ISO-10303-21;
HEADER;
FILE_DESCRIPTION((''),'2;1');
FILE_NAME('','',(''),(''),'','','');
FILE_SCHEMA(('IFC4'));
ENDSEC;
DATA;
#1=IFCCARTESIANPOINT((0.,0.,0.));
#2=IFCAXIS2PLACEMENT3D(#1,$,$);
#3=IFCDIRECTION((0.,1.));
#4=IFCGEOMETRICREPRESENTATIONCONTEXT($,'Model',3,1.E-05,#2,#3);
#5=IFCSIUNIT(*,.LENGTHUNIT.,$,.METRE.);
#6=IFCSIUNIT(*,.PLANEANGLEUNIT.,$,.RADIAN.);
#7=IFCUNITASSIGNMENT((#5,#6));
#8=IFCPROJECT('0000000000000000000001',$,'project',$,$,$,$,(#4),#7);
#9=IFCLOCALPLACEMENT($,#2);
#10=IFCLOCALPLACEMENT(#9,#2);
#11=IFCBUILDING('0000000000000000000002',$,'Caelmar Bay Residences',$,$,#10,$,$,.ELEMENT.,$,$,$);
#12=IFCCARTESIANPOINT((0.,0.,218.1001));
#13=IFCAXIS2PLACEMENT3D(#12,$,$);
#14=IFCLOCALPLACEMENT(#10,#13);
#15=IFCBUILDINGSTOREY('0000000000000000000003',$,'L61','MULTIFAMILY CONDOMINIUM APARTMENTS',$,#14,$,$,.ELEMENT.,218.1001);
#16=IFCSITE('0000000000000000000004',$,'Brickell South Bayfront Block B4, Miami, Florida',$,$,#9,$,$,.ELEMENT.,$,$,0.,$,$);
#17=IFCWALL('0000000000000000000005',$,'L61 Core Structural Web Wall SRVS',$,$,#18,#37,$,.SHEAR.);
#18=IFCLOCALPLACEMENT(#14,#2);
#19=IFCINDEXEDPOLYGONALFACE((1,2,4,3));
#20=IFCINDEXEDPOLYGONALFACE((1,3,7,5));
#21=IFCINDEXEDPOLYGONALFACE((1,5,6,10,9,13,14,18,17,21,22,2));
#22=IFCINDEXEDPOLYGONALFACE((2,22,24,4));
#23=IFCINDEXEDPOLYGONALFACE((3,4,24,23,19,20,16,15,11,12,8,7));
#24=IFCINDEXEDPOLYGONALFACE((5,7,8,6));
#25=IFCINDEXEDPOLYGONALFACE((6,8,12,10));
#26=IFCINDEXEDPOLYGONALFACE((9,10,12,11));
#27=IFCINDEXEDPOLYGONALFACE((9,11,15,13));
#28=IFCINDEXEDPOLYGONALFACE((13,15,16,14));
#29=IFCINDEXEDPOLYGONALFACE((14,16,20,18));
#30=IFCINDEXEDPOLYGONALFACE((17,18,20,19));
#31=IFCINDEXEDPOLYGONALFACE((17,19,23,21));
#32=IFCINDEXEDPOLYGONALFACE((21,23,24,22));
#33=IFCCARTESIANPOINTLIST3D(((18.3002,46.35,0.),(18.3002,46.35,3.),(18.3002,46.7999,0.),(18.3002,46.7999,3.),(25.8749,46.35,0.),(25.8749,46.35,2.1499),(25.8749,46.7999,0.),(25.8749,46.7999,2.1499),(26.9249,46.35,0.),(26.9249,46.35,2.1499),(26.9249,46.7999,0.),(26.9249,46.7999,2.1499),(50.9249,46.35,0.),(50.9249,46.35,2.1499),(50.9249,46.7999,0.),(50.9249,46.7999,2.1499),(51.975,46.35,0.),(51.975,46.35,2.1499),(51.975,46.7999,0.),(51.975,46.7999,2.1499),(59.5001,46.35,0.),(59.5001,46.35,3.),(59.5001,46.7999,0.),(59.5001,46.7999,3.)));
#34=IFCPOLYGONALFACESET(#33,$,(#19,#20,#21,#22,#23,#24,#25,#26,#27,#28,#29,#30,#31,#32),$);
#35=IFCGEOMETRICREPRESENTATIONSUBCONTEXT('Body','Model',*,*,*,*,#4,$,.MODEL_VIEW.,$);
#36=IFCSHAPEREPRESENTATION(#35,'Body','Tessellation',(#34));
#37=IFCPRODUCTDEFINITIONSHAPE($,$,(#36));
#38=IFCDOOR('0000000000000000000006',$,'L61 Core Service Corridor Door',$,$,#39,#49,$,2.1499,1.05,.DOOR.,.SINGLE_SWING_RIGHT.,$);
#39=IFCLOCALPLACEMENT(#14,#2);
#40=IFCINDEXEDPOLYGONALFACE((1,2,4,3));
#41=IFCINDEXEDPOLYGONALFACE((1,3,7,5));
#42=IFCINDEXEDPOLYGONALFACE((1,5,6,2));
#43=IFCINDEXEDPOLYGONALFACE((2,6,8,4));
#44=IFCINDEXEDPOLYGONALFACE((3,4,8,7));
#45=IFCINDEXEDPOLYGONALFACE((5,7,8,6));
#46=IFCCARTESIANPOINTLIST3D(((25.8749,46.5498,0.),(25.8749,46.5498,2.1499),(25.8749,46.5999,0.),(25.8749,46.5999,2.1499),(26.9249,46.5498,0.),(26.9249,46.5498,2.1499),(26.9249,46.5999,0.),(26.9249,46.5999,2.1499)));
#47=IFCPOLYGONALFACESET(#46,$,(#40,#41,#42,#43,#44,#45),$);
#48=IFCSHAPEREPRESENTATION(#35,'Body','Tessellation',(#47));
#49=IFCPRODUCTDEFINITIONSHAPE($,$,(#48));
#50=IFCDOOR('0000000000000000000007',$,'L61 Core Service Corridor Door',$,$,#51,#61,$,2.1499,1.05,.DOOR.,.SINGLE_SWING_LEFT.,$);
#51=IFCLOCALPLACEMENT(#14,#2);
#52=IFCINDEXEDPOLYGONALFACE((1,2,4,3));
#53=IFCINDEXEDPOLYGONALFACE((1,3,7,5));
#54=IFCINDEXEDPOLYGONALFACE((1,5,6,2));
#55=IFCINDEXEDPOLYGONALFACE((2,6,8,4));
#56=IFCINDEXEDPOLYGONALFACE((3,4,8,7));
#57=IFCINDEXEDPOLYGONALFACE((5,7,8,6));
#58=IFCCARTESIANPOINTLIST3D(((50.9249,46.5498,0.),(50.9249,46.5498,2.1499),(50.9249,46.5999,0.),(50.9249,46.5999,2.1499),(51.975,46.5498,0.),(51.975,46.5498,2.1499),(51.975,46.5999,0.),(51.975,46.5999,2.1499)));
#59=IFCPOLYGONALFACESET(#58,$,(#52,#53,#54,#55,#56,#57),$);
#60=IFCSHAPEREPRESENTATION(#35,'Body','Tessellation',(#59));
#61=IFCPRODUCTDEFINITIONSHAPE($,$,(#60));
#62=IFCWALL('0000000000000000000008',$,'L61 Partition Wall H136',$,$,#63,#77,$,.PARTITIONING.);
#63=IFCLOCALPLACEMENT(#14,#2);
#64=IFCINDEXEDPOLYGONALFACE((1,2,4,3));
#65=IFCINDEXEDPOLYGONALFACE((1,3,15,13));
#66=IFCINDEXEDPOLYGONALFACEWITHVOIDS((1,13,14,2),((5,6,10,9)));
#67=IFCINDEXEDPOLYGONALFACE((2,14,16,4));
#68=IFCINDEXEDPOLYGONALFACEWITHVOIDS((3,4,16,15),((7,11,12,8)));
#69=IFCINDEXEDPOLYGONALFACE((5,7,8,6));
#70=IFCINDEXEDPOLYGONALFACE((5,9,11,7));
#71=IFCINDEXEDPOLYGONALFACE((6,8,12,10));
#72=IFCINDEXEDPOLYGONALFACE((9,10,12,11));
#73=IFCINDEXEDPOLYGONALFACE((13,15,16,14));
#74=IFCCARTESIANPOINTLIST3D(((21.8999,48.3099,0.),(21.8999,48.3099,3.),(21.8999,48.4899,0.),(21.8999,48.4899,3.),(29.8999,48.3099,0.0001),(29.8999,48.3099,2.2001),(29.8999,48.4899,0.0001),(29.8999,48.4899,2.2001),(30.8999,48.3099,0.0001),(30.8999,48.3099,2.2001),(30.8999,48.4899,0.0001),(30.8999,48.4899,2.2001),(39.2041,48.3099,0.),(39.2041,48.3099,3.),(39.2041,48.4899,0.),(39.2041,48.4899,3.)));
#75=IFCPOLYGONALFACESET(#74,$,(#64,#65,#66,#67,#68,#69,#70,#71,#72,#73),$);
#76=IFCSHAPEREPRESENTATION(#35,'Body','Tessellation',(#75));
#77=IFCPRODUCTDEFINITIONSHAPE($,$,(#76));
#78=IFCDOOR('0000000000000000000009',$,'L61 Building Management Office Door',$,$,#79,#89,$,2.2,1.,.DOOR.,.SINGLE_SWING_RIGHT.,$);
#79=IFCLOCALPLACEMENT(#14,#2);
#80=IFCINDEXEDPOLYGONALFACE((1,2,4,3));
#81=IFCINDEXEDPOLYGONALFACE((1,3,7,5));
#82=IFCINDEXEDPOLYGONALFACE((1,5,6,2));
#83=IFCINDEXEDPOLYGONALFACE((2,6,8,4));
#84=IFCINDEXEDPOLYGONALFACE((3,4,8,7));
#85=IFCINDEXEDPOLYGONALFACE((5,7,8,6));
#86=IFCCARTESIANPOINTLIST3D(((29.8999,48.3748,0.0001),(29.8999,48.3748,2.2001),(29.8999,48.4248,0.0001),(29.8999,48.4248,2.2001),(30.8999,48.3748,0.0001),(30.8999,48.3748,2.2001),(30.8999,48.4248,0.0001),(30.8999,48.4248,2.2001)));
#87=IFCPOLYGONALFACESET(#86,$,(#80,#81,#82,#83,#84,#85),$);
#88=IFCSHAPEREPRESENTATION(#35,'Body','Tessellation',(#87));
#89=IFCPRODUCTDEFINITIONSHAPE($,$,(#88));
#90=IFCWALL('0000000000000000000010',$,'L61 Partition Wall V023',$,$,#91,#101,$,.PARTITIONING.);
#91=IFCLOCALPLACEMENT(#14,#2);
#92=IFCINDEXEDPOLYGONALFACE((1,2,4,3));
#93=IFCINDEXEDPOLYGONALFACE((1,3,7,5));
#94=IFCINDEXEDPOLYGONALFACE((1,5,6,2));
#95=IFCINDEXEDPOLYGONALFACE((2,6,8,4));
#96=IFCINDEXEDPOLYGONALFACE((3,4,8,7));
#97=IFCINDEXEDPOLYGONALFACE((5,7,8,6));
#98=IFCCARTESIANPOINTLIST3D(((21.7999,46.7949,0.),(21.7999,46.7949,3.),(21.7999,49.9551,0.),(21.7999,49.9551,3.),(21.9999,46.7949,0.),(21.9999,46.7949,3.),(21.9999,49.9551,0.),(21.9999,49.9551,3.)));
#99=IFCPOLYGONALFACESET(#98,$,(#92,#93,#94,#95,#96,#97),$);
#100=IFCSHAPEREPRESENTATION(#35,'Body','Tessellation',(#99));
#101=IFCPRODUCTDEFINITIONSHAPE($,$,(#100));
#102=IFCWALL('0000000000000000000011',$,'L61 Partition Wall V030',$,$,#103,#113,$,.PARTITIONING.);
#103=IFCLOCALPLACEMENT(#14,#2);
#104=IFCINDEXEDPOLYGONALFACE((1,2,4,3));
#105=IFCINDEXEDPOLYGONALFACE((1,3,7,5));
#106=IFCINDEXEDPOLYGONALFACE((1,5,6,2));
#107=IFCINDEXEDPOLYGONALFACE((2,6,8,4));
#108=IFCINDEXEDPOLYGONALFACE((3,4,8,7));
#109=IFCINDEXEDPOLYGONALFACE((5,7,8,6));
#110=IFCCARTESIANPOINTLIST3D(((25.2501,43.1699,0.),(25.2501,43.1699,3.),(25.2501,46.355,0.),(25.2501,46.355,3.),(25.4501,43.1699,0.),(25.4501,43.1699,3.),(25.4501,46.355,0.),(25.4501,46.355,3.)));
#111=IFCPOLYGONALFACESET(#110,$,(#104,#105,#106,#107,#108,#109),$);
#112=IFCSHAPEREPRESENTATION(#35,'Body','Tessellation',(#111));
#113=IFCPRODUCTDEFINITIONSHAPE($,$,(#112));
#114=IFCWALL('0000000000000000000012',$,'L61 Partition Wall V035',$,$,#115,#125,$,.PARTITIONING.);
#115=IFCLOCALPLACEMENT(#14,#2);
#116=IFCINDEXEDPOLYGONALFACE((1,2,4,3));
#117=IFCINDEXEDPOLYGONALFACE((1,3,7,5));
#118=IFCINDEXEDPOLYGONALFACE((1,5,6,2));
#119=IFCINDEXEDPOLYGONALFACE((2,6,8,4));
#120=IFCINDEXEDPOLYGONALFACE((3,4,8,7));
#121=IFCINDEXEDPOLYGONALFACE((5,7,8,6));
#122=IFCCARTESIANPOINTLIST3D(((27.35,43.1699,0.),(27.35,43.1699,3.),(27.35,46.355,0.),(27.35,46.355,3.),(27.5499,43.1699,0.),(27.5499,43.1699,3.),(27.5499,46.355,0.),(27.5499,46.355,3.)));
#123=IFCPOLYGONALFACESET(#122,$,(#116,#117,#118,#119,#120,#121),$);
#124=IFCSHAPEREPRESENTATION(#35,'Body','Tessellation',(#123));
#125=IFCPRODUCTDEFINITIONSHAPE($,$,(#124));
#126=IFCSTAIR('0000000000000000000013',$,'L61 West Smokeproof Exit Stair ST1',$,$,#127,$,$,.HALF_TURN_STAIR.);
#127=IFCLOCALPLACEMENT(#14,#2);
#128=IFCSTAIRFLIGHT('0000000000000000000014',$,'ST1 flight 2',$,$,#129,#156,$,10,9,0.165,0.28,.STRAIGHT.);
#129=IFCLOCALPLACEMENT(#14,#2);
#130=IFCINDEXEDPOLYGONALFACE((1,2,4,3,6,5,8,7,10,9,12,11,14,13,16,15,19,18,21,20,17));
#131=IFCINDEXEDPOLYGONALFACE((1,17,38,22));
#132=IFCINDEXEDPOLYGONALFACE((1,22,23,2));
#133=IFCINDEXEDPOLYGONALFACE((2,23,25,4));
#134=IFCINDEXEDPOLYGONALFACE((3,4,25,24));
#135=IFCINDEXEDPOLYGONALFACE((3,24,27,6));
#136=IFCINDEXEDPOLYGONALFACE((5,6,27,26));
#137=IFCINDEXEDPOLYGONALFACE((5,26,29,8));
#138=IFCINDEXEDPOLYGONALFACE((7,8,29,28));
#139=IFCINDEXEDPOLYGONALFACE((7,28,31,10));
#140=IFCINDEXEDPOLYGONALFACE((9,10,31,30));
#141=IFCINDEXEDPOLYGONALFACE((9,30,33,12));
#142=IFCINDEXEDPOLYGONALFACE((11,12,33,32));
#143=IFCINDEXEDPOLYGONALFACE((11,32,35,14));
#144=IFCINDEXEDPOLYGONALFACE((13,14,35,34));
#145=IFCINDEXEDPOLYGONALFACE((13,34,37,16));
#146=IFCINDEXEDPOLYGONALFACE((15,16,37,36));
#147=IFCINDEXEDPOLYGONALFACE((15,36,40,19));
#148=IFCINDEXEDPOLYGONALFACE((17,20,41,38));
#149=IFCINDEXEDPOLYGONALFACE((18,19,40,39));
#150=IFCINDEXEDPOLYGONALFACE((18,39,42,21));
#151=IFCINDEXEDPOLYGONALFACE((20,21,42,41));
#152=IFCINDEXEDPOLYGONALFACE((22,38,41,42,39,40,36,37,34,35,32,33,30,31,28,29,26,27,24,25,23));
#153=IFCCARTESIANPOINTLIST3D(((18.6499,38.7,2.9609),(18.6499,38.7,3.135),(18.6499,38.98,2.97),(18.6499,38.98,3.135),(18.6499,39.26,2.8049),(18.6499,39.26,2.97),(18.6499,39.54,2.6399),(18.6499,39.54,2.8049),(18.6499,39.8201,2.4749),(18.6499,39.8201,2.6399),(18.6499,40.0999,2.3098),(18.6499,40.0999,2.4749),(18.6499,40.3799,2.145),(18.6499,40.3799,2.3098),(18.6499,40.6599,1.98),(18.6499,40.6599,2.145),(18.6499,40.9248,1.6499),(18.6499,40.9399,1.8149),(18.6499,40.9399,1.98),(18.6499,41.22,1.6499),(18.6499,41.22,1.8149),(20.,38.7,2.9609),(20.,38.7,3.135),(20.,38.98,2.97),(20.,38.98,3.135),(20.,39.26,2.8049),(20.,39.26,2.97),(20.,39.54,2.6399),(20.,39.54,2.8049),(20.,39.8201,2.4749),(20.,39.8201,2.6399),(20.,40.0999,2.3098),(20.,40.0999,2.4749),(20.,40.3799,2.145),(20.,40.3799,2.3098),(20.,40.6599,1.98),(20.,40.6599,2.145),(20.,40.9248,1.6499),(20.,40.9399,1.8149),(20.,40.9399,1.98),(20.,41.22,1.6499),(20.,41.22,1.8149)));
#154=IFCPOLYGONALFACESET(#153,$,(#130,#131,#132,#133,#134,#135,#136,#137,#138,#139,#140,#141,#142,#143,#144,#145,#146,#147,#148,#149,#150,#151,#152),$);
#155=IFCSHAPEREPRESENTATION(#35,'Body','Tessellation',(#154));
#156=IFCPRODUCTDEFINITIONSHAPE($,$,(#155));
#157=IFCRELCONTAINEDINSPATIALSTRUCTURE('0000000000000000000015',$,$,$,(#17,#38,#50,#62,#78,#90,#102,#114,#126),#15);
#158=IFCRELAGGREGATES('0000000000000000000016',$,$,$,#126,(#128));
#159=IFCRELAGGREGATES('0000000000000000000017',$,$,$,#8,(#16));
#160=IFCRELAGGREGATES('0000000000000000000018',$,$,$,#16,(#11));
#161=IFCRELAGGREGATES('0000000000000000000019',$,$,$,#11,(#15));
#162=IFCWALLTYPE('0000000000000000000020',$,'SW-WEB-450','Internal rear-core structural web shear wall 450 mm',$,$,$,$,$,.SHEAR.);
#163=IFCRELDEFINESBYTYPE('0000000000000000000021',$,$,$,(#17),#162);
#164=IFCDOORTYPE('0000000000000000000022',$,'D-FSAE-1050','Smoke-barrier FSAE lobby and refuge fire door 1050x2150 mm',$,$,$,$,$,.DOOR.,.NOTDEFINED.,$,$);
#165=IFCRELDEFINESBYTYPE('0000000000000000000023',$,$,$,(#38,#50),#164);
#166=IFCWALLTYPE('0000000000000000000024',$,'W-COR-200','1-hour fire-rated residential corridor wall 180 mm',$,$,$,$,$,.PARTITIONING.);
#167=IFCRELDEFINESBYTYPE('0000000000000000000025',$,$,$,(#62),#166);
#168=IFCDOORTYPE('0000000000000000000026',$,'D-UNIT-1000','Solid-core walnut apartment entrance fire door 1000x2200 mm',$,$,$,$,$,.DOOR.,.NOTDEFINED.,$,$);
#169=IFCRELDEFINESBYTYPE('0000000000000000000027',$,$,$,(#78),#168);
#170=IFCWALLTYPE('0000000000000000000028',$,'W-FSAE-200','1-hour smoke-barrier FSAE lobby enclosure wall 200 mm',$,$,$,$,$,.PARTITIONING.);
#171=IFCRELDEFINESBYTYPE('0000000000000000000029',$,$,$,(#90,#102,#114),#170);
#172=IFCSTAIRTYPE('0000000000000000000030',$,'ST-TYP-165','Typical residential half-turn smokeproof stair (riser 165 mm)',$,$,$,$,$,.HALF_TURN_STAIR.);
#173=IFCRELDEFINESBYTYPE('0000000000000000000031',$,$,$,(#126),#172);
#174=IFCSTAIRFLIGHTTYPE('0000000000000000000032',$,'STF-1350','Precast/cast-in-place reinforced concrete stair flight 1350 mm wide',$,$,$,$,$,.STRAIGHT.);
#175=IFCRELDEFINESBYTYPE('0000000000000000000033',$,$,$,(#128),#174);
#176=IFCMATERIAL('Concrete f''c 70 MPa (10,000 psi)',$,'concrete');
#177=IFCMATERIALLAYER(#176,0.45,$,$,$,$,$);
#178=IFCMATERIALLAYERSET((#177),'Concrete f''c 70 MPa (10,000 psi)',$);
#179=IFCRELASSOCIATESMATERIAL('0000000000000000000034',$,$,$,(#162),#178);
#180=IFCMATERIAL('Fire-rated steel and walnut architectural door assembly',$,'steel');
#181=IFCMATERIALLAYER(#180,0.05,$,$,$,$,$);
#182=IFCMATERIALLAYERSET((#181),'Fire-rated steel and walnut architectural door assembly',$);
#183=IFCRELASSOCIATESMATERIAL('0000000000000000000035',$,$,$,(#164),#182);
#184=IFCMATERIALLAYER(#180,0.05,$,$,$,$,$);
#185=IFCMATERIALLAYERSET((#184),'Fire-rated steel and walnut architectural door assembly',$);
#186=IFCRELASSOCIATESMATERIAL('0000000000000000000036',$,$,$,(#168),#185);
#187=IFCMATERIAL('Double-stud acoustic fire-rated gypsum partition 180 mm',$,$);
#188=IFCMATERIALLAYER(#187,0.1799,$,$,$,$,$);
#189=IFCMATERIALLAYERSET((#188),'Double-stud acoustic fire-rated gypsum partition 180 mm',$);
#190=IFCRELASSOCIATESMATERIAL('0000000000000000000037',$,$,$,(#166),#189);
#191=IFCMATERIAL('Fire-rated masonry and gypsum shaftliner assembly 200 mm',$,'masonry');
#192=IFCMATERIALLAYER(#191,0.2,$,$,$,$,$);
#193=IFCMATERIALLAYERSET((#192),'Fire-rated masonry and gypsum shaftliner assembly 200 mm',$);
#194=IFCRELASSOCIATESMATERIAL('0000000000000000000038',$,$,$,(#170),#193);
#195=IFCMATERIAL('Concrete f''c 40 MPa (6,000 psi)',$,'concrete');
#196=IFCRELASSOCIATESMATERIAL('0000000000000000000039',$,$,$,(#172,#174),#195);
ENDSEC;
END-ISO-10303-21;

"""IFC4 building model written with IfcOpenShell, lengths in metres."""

from ifc_helpers import new_model, si_unit, direction, frame, frame_2d, origin, place, context, subcontext, project, spatial, polyline, rectangle, outline, extrude, material, layer, layer_set, type_object, element, fill, aggregate, save


model = new_model("IFC4")

# Units and contexts
model_context = context("Model", 3, precision=1e-05, world=origin(), true_north=direction((0.0, 1.0)))
body_context = subcontext(model_context, "Body", "Model", "MODEL_VIEW")
ifc_project = project(units=[si_unit("LENGTHUNIT", "METRE"), si_unit("PLANEANGLEUNIT", "RADIAN")], contexts=[model_context])

# Site, building, storey
site_placement = place(None, origin())
site = spatial("IfcSite", under=ifc_project, at=site_placement, Name="Brickell South Bayfront Block B4, Miami, Florida", CompositionType="ELEMENT", RefElevation=0.0)
building_placement = place(site_placement, origin())
building = spatial("IfcBuilding", under=site, at=building_placement, Name="Caelmar Bay Residences", CompositionType="ELEMENT")
storey_placement = place(building_placement, frame((0.0, 0.0, 218.1001)))
storey = spatial("IfcBuildingStorey", under=building, at=storey_placement, Name="L61", Description="MULTIFAMILY CONDOMINIUM APARTMENTS", CompositionType="ELEMENT", Elevation=218.1001)

# Wall, openings, doors
ifc_material_1 = material(Name="Concrete f'c 70 MPa (10,000 psi)", Category="concrete")
ifc_layer_1 = layer(ifc_material_1, 0.45)
ifc_layer_set_1 = layer_set([ifc_layer_1], Name="Concrete f'c 70 MPa (10,000 psi)")
wall_type_1 = type_object("IfcWallType", Name="SW-WEB-450", Description="Internal rear-core structural web shear wall 450 mm", PredefinedType="SHEAR", material=ifc_layer_set_1)
ifc_material_2 = material(Name="Fire-rated steel and walnut architectural door assembly", Category="steel")
ifc_layer_2 = layer(ifc_material_2, 0.05)
ifc_layer_set_2 = layer_set([ifc_layer_2], Name="Fire-rated steel and walnut architectural door assembly")
door_type_1 = type_object("IfcDoorType", Name="D-FSAE-1050", Description="Smoke-barrier FSAE lobby and refuge fire door 1050x2150 mm", OperationType="NOTDEFINED", PredefinedType="DOOR", material=ifc_layer_set_2)
ifc_layer_3 = layer(ifc_material_2, 0.05)
ifc_layer_set_3 = layer_set([ifc_layer_3], Name="Fire-rated steel and walnut architectural door assembly")
door_type_2 = type_object("IfcDoorType", Name="D-UNIT-1000", Description="Solid-core walnut apartment entrance fire door 1000x2200 mm", OperationType="NOTDEFINED", PredefinedType="DOOR", material=ifc_layer_set_3)
wall_1_placement = place(storey_placement, frame((18.3, 46.575, 0.0), z_axis=(0.0, 0.0, 1.0), x_axis=(1.0, 0.0, 0.0)))
wall_1 = element("IfcWall", 1, at=wall_1_placement, inside=storey, type_object=wall_type_1, Name="L61 Core Structural Web Wall SRVS", PredefinedType="SHEAR", context=body_context, shape_type="SweptSolid", body=[
    extrude(rectangle(XDim=41.2, YDim=0.45, at=frame_2d((20.6001, 0.0))), origin(), (0.0, 0.0, 1.0), 3.0),
])
opening_1_placement = place(wall_1_placement, frame((7.575, 0.0, 0.0)))
opening_1 = element("IfcOpeningElement", 2, at=opening_1_placement, cuts=wall_1, PredefinedType="OPENING", context=body_context, shape_type="SweptSolid", body=[
    extrude(rectangle(XDim=1.05, YDim=2.1499, at=frame_2d((0.5249, 1.075))), frame((0.0, 0.2349, 0.0), z_axis=(0.0, -1.0, 0.0), x_axis=(1.0, 0.0, 0.0)), (0.0, 0.0, 1.0), 0.47),
])
opening_2_placement = place(wall_1_placement, frame((32.625, 0.0, 0.0)))
opening_2 = element("IfcOpeningElement", 3, at=opening_2_placement, cuts=wall_1, PredefinedType="OPENING", context=body_context, shape_type="SweptSolid", body=[
    extrude(rectangle(XDim=1.05, YDim=2.1499, at=frame_2d((0.5249, 1.075))), frame((0.0, 0.2349, 0.0), z_axis=(0.0, -1.0, 0.0), x_axis=(1.0, 0.0, 0.0)), (0.0, 0.0, 1.0), 0.47),
])
door_1_placement = place(opening_1_placement, origin())
door_1 = element("IfcDoor", 4, at=door_1_placement, inside=storey, type_object=door_type_1, Name="L61 Core Service Corridor Door", OperationType="SINGLE_SWING_RIGHT", OverallHeight=2.1499, OverallWidth=1.05, PredefinedType="DOOR", context=body_context, shape_type="SweptSolid", body=[
    extrude(rectangle(XDim=1.05, YDim=2.1499, at=frame_2d((0.5249, 1.075))), frame((0.0, 0.0249, 0.0), z_axis=(0.0, -1.0, 0.0), x_axis=(1.0, 0.0, 0.0)), (0.0, 0.0, 1.0), 0.05),
])
fill(opening_1, door_1)
door_2_placement = place(opening_2_placement, origin())
door_2 = element("IfcDoor", 5, at=door_2_placement, inside=storey, type_object=door_type_1, Name="L61 Core Service Corridor Door", OperationType="SINGLE_SWING_LEFT", OverallHeight=2.1499, OverallWidth=1.05, PredefinedType="DOOR", context=body_context, shape_type="SweptSolid", body=[
    extrude(rectangle(XDim=1.05, YDim=2.1499, at=frame_2d((0.5249, 1.075))), frame((0.0, 0.0249, 0.0), z_axis=(0.0, -1.0, 0.0), x_axis=(1.0, 0.0, 0.0)), (0.0, 0.0, 1.0), 0.05),
])
fill(opening_2, door_2)

# Wall, opening, door
ifc_material_3 = material(Name="Double-stud acoustic fire-rated gypsum partition 180 mm")
ifc_layer_4 = layer(ifc_material_3, 0.1799)
ifc_layer_set_4 = layer_set([ifc_layer_4], Name="Double-stud acoustic fire-rated gypsum partition 180 mm")
wall_type_2 = type_object("IfcWallType", Name="W-COR-200", Description="1-hour fire-rated residential corridor wall 180 mm", PredefinedType="PARTITIONING", material=ifc_layer_set_4)
wall_2_placement = place(storey_placement, frame((21.8999, 48.3999, 0.0), z_axis=(0.0, 0.0, 1.0), x_axis=(1.0, 0.0, 0.0)))
wall_2 = element("IfcWall", 6, at=wall_2_placement, inside=storey, type_object=wall_type_2, Name="L61 Partition Wall H136", PredefinedType="PARTITIONING", context=body_context, shape_type="SweptSolid", body=[
    extrude(rectangle(XDim=17.3042, YDim=0.1799, at=frame_2d((8.6521, 0.0))), origin(), (0.0, 0.0, 1.0), 3.0),
])
opening_3_placement = place(wall_2_placement, frame((8.0, 0.0, 0.0)))
opening_3 = element("IfcOpeningElement", 7, at=opening_3_placement, cuts=wall_2, PredefinedType="OPENING", context=body_context, shape_type="SweptSolid", body=[
    extrude(rectangle(XDim=1.0, YDim=2.2, at=frame_2d((0.5, 1.1001))), frame((0.0, 0.0999, 0.0), z_axis=(0.0, -1.0, 0.0), x_axis=(1.0, 0.0, 0.0)), (0.0, 0.0, 1.0), 0.2),
])
door_3_placement = place(opening_3_placement, origin())
door_3 = element("IfcDoor", 8, at=door_3_placement, inside=storey, type_object=door_type_2, Name="L61 Building Management Office Door", OperationType="SINGLE_SWING_RIGHT", OverallHeight=2.2, OverallWidth=1.0, PredefinedType="DOOR", context=body_context, shape_type="SweptSolid", body=[
    extrude(rectangle(XDim=1.0, YDim=2.2, at=frame_2d((0.5, 1.1001))), frame((0.0, 0.0249, 0.0), z_axis=(0.0, -1.0, 0.0), x_axis=(1.0, 0.0, 0.0)), (0.0, 0.0, 1.0), 0.05),
])
fill(opening_3, door_3)

# Walls
ifc_material_4 = material(Name="Fire-rated masonry and gypsum shaftliner assembly 200 mm", Category="masonry")
ifc_layer_5 = layer(ifc_material_4, 0.2)
ifc_layer_set_5 = layer_set([ifc_layer_5], Name="Fire-rated masonry and gypsum shaftliner assembly 200 mm")
wall_type_3 = type_object("IfcWallType", Name="W-FSAE-200", Description="1-hour smoke-barrier FSAE lobby enclosure wall 200 mm", PredefinedType="PARTITIONING", material=ifc_layer_set_5)
wall_3_placement = place(storey_placement, frame((21.8999, 46.7949, 0.0), z_axis=(0.0, 0.0, 1.0), x_axis=(0.0, 1.0, 0.0)))
element("IfcWall", 9, at=wall_3_placement, inside=storey, type_object=wall_type_3, Name="L61 Partition Wall V023", PredefinedType="PARTITIONING", context=body_context, shape_type="SweptSolid", body=[
    extrude(rectangle(XDim=3.1602, YDim=0.2, at=frame_2d((1.5801, 0.0))), origin(), (0.0, 0.0, 1.0), 3.0),
])
for number, where, z_axis, x_axis, name in (
    (10, (25.3501, 43.1699, 0.0), (0.0, 0.0, 1.0), (0.0, 1.0, 0.0), "L61 Partition Wall V030"),
    (11, (27.45, 43.1699, 0.0), (0.0, 0.0, 1.0), (0.0, 1.0, 0.0), "L61 Partition Wall V035"),
):
    element("IfcWall", number, at=place(storey_placement, frame(where, z_axis=z_axis, x_axis=x_axis)), inside=storey, type_object=wall_type_3, Name=name, PredefinedType="PARTITIONING", context=body_context, shape_type="SweptSolid", body=[
        extrude(rectangle(XDim=3.1851, YDim=0.2, at=frame_2d((1.5925, 0.0))), origin(), (0.0, 0.0, 1.0), 3.0),
    ])

# Stair, stair flight
ifc_material_5 = material(Name="Concrete f'c 40 MPa (6,000 psi)", Category="concrete")
stair_type = type_object("IfcStairType", Name="ST-TYP-165", Description="Typical residential half-turn smokeproof stair (riser 165 mm)", PredefinedType="HALF_TURN_STAIR", material=ifc_material_5)
stair_1_placement = place(storey_placement, origin())
stair_1 = element("IfcStair", 12, at=stair_1_placement, inside=storey, type_object=stair_type, Name="L61 West Smokeproof Exit Stair ST1", PredefinedType="HALF_TURN_STAIR")
stair_flight_type = type_object("IfcStairFlightType", Name="STF-1350", Description="Precast/cast-in-place reinforced concrete stair flight 1350 mm wide", PredefinedType="STRAIGHT", material=ifc_material_5)
stair_flight_1_placement = place(storey_placement, frame((19.325, 41.22, 1.6499), z_axis=(0.0, 0.0, 1.0), x_axis=(0.0, -1.0, 0.0)))
stair_flight_1 = element("IfcStairFlight", 13, at=stair_flight_1_placement, type_object=stair_flight_type, Name="ST1 flight 2", NumberOfRisers=10, NumberOfTreads=9, PredefinedType="STRAIGHT", RiserHeight=0.165, TreadLength=0.28, context=body_context, shape_type="SweptSolid", body=[
    extrude(outline(polyline([(0.0, 0.0), (0.0, 0.165), (0.28, 0.165), (0.28, 0.3301), (0.5601, 0.3301), (0.5601, 0.4951), (0.8401, 0.4951), (0.8401, 0.6599), (1.1201, 0.6599), (1.1201, 0.825), (1.3999, 0.825), (1.3999, 0.99), (1.6799, 0.99), (1.6799, 1.155), (1.96, 1.155), (1.96, 1.3201), (2.24, 1.3201), (2.24, 1.4851), (2.52, 1.4851), (2.52, 1.6499), (2.52, 1.311), (0.2952, 0.0), (0.0, 0.0)])), frame((0.0, 0.675, 0.0), z_axis=(0.0, -1.0, 0.0), x_axis=(1.0, 0.0, 0.0)), (0.0, 0.0, 1.0), 1.3501),
])
aggregate(stair_1, [stair_flight_1])

save(model, "model.ifc")
